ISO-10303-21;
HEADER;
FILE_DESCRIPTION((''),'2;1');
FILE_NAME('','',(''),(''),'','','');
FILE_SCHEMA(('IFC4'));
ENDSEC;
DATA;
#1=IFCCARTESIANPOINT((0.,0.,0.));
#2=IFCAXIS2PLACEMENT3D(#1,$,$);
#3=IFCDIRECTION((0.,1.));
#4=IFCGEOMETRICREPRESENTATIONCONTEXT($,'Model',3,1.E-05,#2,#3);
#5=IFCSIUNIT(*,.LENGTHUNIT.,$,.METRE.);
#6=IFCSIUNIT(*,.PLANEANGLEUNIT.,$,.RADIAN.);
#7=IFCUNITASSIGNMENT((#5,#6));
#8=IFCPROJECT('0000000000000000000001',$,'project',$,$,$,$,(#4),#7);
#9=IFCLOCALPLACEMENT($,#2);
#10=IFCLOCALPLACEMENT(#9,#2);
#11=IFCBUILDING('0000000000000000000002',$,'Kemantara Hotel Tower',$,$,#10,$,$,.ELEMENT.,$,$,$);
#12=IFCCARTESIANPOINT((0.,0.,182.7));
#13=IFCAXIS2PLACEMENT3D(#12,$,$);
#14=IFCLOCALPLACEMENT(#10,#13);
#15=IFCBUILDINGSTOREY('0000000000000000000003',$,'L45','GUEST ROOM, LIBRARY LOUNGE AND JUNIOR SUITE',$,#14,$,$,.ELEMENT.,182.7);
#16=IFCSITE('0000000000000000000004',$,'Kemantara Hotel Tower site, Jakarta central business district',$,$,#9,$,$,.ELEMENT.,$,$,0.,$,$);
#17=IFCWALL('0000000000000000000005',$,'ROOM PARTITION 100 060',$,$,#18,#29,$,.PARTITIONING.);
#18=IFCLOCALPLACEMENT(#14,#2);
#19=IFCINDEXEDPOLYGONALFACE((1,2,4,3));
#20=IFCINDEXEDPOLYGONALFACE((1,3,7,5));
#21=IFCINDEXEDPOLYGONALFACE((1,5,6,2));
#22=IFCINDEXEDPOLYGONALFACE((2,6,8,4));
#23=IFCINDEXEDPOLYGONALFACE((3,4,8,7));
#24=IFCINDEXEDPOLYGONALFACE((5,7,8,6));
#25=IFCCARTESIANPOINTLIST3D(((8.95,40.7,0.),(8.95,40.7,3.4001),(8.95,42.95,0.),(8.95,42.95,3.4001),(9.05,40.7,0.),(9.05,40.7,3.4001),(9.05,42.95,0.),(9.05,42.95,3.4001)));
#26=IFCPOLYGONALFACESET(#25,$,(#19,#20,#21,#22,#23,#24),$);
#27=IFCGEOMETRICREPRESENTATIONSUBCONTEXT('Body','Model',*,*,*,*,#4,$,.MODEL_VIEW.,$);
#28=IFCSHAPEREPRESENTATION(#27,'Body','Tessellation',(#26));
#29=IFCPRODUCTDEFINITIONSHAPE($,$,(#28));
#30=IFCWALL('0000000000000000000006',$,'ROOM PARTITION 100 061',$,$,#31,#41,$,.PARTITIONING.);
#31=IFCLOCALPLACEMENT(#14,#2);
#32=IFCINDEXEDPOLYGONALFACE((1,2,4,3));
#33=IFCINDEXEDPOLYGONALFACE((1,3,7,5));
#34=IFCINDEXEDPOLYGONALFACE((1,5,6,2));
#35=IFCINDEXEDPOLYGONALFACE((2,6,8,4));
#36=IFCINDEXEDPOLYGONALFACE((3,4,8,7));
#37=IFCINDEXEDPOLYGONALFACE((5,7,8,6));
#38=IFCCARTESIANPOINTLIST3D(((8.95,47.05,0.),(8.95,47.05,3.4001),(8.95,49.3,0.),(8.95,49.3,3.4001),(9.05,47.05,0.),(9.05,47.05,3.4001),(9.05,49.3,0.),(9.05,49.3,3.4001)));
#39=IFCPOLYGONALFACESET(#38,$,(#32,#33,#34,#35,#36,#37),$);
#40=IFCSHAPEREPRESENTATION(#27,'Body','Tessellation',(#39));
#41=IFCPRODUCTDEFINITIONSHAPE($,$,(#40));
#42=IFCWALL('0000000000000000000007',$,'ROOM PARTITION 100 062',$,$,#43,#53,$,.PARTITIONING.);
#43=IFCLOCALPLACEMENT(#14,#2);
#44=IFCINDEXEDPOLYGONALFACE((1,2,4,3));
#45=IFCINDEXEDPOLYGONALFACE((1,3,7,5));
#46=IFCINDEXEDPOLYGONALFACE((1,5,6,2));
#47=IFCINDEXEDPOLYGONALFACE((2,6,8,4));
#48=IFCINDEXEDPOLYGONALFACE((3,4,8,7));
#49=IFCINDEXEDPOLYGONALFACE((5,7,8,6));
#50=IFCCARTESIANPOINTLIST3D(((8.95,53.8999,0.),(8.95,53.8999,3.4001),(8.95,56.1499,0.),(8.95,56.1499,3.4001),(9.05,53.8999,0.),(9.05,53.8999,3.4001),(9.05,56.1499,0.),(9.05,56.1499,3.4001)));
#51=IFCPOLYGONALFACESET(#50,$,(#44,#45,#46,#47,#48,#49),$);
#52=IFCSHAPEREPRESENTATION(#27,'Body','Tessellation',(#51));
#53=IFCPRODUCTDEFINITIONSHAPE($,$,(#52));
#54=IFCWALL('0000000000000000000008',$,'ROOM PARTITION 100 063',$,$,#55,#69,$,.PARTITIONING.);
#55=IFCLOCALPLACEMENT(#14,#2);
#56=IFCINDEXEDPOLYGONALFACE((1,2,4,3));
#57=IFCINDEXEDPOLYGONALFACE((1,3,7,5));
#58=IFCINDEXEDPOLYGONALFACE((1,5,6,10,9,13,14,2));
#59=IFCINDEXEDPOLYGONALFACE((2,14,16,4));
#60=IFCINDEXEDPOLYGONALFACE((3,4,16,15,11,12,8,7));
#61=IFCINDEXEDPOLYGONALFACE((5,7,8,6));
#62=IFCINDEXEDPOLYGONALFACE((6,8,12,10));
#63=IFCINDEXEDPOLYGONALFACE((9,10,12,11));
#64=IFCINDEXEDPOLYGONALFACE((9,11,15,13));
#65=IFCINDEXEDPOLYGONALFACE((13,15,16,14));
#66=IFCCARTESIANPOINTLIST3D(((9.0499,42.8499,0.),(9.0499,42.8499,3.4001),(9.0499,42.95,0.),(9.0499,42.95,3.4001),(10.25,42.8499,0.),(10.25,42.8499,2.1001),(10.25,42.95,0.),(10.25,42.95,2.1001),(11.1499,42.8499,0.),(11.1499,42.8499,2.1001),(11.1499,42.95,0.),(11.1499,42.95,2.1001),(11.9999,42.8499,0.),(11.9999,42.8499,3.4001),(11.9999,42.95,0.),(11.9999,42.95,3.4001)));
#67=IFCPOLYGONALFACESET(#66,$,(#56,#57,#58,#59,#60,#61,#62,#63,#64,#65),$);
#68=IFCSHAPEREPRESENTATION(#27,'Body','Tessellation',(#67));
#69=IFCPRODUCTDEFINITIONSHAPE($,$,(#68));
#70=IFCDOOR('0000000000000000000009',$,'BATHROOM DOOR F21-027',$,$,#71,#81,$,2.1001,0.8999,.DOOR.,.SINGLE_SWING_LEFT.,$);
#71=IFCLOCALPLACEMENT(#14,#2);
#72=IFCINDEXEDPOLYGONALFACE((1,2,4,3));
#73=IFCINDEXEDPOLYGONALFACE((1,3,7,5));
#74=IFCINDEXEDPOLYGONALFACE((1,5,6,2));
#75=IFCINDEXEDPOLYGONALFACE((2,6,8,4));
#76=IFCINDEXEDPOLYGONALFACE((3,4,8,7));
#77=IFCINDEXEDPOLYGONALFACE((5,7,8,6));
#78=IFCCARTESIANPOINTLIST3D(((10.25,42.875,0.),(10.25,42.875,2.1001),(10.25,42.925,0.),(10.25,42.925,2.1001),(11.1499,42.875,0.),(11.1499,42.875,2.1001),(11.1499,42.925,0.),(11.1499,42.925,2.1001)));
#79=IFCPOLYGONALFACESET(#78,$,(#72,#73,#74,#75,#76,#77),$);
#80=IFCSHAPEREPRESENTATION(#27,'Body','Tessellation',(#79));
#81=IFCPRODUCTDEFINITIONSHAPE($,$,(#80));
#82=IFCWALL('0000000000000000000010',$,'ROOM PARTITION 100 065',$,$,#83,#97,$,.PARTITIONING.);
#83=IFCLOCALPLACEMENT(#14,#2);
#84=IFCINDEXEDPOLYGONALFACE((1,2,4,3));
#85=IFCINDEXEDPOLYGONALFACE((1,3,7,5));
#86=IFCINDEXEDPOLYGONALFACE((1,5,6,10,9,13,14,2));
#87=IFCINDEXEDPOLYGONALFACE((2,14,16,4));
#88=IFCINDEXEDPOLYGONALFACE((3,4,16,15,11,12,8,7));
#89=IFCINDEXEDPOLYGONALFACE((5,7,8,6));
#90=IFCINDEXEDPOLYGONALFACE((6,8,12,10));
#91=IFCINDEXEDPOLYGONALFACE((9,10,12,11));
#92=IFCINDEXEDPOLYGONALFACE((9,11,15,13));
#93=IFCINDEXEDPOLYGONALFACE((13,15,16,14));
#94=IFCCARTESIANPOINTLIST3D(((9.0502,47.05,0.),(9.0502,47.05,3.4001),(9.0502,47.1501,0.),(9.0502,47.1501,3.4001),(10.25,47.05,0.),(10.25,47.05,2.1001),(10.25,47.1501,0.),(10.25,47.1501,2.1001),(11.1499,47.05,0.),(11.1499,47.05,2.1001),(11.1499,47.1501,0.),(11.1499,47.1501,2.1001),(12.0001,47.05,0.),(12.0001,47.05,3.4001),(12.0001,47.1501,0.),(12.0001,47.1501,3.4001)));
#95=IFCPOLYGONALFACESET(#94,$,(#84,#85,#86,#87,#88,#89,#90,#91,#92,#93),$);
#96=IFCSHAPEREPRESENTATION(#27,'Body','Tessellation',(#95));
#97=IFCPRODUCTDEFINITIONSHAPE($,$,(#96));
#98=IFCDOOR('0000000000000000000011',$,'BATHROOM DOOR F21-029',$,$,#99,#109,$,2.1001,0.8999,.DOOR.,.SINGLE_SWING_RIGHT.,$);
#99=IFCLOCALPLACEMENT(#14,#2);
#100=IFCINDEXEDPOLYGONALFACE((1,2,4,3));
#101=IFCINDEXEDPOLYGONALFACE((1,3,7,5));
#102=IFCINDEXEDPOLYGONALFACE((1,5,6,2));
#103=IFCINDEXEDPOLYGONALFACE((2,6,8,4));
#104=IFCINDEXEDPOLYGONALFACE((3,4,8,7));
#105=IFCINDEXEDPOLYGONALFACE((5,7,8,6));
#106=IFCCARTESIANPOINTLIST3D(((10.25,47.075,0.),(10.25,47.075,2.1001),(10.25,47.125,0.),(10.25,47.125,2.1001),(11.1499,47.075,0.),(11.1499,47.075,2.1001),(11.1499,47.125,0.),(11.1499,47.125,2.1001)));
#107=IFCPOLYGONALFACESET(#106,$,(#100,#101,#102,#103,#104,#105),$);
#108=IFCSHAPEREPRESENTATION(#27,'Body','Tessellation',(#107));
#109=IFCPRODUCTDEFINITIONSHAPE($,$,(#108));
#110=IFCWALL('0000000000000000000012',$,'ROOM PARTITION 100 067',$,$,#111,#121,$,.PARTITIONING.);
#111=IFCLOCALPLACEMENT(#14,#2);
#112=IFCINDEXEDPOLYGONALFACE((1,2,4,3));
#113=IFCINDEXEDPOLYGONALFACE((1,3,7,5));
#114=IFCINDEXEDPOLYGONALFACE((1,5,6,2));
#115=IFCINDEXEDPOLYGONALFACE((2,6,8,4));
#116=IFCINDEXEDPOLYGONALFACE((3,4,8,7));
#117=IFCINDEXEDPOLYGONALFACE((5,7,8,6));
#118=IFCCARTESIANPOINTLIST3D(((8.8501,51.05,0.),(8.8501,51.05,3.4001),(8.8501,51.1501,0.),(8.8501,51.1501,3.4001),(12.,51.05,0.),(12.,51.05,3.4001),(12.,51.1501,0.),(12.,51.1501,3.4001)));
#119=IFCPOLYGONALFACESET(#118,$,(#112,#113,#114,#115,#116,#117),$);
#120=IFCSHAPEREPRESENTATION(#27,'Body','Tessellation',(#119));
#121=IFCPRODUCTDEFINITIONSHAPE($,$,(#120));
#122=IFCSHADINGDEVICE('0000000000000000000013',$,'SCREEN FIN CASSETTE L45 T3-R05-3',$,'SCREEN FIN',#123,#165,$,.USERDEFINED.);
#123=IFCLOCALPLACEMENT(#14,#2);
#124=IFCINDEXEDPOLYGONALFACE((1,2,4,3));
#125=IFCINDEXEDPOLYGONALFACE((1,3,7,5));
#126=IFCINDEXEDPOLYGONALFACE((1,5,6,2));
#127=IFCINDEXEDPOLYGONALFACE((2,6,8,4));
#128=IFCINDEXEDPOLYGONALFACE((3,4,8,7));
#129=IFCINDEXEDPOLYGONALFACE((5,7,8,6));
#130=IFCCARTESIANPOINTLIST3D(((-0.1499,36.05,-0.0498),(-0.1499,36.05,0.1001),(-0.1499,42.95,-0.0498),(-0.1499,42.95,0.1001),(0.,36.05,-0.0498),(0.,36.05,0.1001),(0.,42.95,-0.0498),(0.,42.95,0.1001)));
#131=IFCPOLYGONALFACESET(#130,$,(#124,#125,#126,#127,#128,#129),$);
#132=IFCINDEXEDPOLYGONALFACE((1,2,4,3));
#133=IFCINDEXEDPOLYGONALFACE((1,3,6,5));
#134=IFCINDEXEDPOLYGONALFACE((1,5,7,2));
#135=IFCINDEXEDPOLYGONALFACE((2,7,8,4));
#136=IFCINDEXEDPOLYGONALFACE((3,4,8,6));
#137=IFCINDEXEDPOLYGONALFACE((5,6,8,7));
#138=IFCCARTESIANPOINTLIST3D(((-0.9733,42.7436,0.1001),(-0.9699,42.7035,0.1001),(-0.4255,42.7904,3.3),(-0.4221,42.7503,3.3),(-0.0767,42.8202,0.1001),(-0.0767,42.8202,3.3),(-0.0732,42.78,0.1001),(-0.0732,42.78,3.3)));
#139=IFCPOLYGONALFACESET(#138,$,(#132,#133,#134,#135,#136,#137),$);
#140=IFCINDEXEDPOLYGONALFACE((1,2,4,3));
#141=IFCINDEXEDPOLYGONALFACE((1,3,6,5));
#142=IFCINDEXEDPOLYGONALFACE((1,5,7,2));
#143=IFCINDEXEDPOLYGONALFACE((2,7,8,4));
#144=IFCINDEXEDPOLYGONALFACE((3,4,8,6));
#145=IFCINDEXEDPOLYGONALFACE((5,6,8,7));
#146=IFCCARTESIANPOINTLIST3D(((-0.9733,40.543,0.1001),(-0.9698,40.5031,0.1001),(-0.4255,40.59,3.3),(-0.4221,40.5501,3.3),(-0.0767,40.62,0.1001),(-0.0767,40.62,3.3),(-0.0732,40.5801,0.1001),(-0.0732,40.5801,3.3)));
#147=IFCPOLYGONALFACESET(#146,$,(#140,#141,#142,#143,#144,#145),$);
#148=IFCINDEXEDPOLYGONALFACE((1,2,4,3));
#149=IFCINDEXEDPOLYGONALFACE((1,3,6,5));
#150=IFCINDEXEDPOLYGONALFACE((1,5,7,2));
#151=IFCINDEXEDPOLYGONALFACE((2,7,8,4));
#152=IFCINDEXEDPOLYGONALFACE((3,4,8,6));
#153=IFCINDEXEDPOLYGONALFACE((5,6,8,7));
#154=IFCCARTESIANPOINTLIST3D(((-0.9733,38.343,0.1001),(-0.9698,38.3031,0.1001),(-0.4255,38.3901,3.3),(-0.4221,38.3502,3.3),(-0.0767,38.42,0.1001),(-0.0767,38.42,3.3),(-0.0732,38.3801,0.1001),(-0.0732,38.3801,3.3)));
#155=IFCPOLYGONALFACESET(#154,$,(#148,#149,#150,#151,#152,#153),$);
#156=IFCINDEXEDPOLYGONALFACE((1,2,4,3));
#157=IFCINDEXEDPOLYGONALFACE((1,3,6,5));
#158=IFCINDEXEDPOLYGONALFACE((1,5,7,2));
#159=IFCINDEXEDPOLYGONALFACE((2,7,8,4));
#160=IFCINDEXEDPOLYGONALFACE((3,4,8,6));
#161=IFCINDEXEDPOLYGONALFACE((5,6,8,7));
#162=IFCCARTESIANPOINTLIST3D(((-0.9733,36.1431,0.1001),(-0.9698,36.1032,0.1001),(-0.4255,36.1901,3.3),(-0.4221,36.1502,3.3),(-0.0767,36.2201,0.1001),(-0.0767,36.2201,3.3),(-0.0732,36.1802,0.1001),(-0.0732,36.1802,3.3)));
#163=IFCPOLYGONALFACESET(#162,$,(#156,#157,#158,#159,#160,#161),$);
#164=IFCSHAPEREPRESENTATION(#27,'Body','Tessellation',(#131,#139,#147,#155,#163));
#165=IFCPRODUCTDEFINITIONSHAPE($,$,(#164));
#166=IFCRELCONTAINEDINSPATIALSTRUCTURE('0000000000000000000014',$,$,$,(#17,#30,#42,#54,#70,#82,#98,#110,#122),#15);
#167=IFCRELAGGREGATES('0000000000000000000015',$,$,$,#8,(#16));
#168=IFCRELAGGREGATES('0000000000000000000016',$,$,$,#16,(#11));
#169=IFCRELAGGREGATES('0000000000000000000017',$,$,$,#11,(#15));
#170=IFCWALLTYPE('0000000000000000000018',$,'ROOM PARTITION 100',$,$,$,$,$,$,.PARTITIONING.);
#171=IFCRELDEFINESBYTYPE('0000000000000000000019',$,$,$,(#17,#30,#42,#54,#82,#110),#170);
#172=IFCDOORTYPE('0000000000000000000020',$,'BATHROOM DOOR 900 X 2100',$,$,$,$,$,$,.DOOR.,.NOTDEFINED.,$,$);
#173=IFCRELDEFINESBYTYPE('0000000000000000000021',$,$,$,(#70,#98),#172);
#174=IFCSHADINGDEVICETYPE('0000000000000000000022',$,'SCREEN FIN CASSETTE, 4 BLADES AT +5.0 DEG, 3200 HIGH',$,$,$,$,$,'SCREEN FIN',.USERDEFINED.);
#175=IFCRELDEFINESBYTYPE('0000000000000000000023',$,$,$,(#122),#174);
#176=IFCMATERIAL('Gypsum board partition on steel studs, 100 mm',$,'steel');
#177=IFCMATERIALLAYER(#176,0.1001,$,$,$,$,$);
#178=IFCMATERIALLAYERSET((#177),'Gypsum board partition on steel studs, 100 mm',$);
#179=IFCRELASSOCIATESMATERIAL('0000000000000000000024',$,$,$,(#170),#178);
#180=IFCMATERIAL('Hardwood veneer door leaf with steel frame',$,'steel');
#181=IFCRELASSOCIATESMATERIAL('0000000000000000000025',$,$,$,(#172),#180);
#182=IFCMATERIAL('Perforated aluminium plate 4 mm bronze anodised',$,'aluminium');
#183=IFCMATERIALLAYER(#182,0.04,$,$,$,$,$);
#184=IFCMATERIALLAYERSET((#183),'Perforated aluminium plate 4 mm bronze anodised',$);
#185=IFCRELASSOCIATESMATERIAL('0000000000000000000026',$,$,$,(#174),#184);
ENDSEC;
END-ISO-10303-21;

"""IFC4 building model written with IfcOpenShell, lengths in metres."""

from ifc_helpers import new_model, si_unit, direction, frame, frame_2d, origin, origin_2d, place, context, subcontext, project, spatial, polyline, rectangle, outline, extrude, source, transform, mapped, material, layer, layer_set, type_object, element, fill, save


model = new_model("IFC4")

# Units and contexts
model_context = context("Model", 3, precision=1e-05, world=origin(), true_north=direction((0.0, 1.0)))
body_context = subcontext(model_context, "Body", "Model", "MODEL_VIEW")
ifc_project = project(units=[si_unit("LENGTHUNIT", "METRE"), si_unit("PLANEANGLEUNIT", "RADIAN")], contexts=[model_context])

# Site, building, storey
site_placement = place(None, origin())
site = spatial("IfcSite", under=ifc_project, at=site_placement, Name="Kemantara Hotel Tower site, Jakarta central business district", CompositionType="ELEMENT", RefElevation=0.0)
building_placement = place(site_placement, origin())
building = spatial("IfcBuilding", under=site, at=building_placement, Name="Kemantara Hotel Tower", CompositionType="ELEMENT")
storey_placement = place(building_placement, frame((0.0, 0.0, 182.7)))
storey = spatial("IfcBuildingStorey", under=building, at=storey_placement, Name="L45", Description="GUEST ROOM, LIBRARY LOUNGE AND JUNIOR SUITE", CompositionType="ELEMENT", Elevation=182.7)

# Shared definitions
ifc_material_1 = material(Name="Gypsum board partition on steel studs, 100 mm", Category="steel")
ifc_layer_1 = layer(ifc_material_1, 0.1001)
ifc_layer_set_1 = layer_set([ifc_layer_1], Name="Gypsum board partition on steel studs, 100 mm")
wall_type_1 = type_object("IfcWallType", Name="ROOM PARTITION 100", PredefinedType="PARTITIONING", material=ifc_layer_set_1)

# Shared definitions
ifc_material_2 = material(Name="Hardwood veneer door leaf with steel frame", Category="steel")
door_type_1 = type_object("IfcDoorType", Name="BATHROOM DOOR 900 X 2100", OperationType="NOTDEFINED", PredefinedType="DOOR", material=ifc_material_2)

# Walls
for number, where, z_axis, x_axis, name in (
    (1, (9.0, 40.7, 0.0), (0.0, 0.0, 1.0), (0.0, 1.0, 0.0), "ROOM PARTITION 100 060"),
    (2, (9.0, 47.05, 0.0), (0.0, 0.0, 1.0), (0.0, 1.0, 0.0), "ROOM PARTITION 100 061"),
    (3, (9.0, 53.8999, 0.0), (0.0, 0.0, 1.0), (0.0, 1.0, 0.0), "ROOM PARTITION 100 062"),
):
    element("IfcWall", number, at=place(storey_placement, frame(where, z_axis=z_axis, x_axis=x_axis)), inside=storey, type_object=wall_type_1, Name=name, PredefinedType="PARTITIONING", context=body_context, shape_type="SweptSolid", body=[
        extrude(rectangle(XDim=2.25, YDim=0.1001, at=frame_2d((1.125, 0.0))), origin(), (0.0, 0.0, 1.0), 3.4001),
    ])

# Walls, openings, doors
wall_1_placement = place(storey_placement, frame((12.0, 42.8999, 0.0), z_axis=(0.0, 0.0, 1.0), x_axis=(-1.0, 0.0, 0.0)))
wall_1 = element("IfcWall", 4, at=wall_1_placement, inside=storey, type_object=wall_type_1, Name="ROOM PARTITION 100 063", PredefinedType="PARTITIONING", context=body_context, shape_type="SweptSolid", body=[
    extrude(rectangle(XDim=2.95, YDim=0.1001, at=frame_2d((1.4751, 0.0))), origin(), (0.0, 0.0, 1.0), 3.4001),
])
opening_1_placement = place(wall_1_placement, frame((0.8501, 0.0, 0.0)))
opening_1 = element("IfcOpeningElement", 5, at=opening_1_placement, cuts=wall_1, PredefinedType="OPENING", context=body_context, shape_type="SweptSolid", body=[
    extrude(rectangle(XDim=0.8999, YDim=2.1001, at=frame_2d((0.45, 1.05))), frame((0.0, 0.0601, 0.0), z_axis=(0.0, -1.0, 0.0), x_axis=(1.0, 0.0, 0.0)), (0.0, 0.0, 1.0), 0.1201),
])
door_1_placement = place(opening_1_placement, origin())
door_1 = element("IfcDoor", 6, at=door_1_placement, inside=storey, type_object=door_type_1, Name="BATHROOM DOOR F21-027", OperationType="SINGLE_SWING_LEFT", OverallHeight=2.1001, OverallWidth=0.8999, PredefinedType="DOOR", context=body_context, shape_type="SweptSolid", body=[
    extrude(rectangle(XDim=0.8999, YDim=2.1001, at=frame_2d((0.45, 1.05))), frame((0.0, 0.0249, 0.0), z_axis=(0.0, -1.0, 0.0), x_axis=(1.0, 0.0, 0.0)), (0.0, 0.0, 1.0), 0.05),
])
fill(opening_1, door_1)
wall_2_placement = place(storey_placement, frame((9.05, 47.1001, 0.0), z_axis=(0.0, 0.0, 1.0), x_axis=(1.0, 0.0, 0.0)))
wall_2 = element("IfcWall", 7, at=wall_2_placement, inside=storey, type_object=wall_type_1, Name="ROOM PARTITION 100 065", PredefinedType="PARTITIONING", context=body_context, shape_type="SweptSolid", body=[
    extrude(rectangle(XDim=2.95, YDim=0.1001, at=frame_2d((1.4751, 0.0))), origin(), (0.0, 0.0, 1.0), 3.4001),
])
opening_2_placement = place(wall_2_placement, frame((1.2, 0.0, 0.0)))
opening_2 = element("IfcOpeningElement", 8, at=opening_2_placement, cuts=wall_2, PredefinedType="OPENING", context=body_context, shape_type="SweptSolid", body=[
    extrude(rectangle(XDim=0.8999, YDim=2.1001, at=frame_2d((0.45, 1.05))), frame((0.0, 0.0601, 0.0), z_axis=(0.0, -1.0, 0.0), x_axis=(1.0, 0.0, 0.0)), (0.0, 0.0, 1.0), 0.1201),
])
door_2_placement = place(opening_2_placement, origin())
door_2 = element("IfcDoor", 9, at=door_2_placement, inside=storey, type_object=door_type_1, Name="BATHROOM DOOR F21-029", OperationType="SINGLE_SWING_RIGHT", OverallHeight=2.1001, OverallWidth=0.8999, PredefinedType="DOOR", context=body_context, shape_type="SweptSolid", body=[
    extrude(rectangle(XDim=0.8999, YDim=2.1001, at=frame_2d((0.45, 1.05))), frame((0.0, 0.0249, 0.0), z_axis=(0.0, -1.0, 0.0), x_axis=(1.0, 0.0, 0.0)), (0.0, 0.0, 1.0), 0.05),
])
fill(opening_2, door_2)

# Wall
wall_3_placement = place(storey_placement, frame((8.8501, 51.1001, 0.0), z_axis=(0.0, 0.0, 1.0), x_axis=(1.0, 0.0, 0.0)))
element("IfcWall", 10, at=wall_3_placement, inside=storey, type_object=wall_type_1, Name="ROOM PARTITION 100 067", PredefinedType="PARTITIONING", context=body_context, shape_type="SweptSolid", body=[
    extrude(rectangle(XDim=3.1499, YDim=0.1001, at=frame_2d((1.575, 0.0))), origin(), (0.0, 0.0, 1.0), 3.4001),
])

# Shading device
ifc_material_3 = material(Name="Perforated aluminium plate 4 mm bronze anodised", Category="aluminium")
ifc_layer_2 = layer(ifc_material_3, 0.04)
ifc_layer_set_2 = layer_set([ifc_layer_2], Name="Perforated aluminium plate 4 mm bronze anodised")
shading_device_type_1 = type_object("IfcShadingDeviceType", Name="SCREEN FIN CASSETTE, 4 BLADES AT +5.0 DEG, 3200 HIGH", ElementType="SCREEN FIN", PredefinedType="USERDEFINED", material=ifc_layer_set_2)
shared_shape_1 = source(origin(), body_context, "Body", "SweptSolid", [
    extrude(rectangle(XDim=6.8999, YDim=0.1499, at=origin_2d()), frame((3.3, -0.075, -0.1499), z_axis=(0.0, 0.0, 1.0), x_axis=(1.0, 0.0, 0.0)), (0.0, 0.0, 1.0), 0.1499),
    extrude(outline(polyline([(0.0, 0.0), (0.8999, 0.0), (0.3501, 3.2), (0.0, 3.2), (0.0, 0.0)])), frame((0.02, -0.0732, 0.0), z_axis=(-0.996376, -0.085056, 0.0), x_axis=(0.085056, -0.996376, 0.0)), (0.0, 0.0, 1.0), 0.0403),
    extrude(outline(polyline([(0.0, 0.0), (0.8999, 0.0), (0.3501, 3.2), (0.0, 3.2), (0.0, 0.0)])), frame((2.22, -0.0732, 0.0), z_axis=(-0.996332, -0.085575, 0.0), x_axis=(0.085575, -0.996332, 0.0)), (0.0, 0.0, 1.0), 0.04),
    extrude(outline(polyline([(0.0, 0.0), (0.8999, 0.0), (0.3501, 3.2), (0.0, 3.2), (0.0, 0.0)])), frame((4.4199, -0.0732, 0.0), z_axis=(-0.996332, -0.085575, 0.0), x_axis=(0.085575, -0.996332, 0.0)), (0.0, 0.0, 1.0), 0.04),
    extrude(outline(polyline([(0.0, 0.0), (0.8999, 0.0), (0.3501, 3.2), (0.0, 3.2), (0.0, 0.0)])), frame((6.6199, -0.0732, 0.0), z_axis=(-0.996332, -0.085575, 0.0), x_axis=(0.085575, -0.996332, 0.0)), (0.0, 0.0, 1.0), 0.04),
])
shading_device_1_placement = place(storey_placement, frame((0.0, 42.8, 0.1001), z_axis=(0.0, 0.0, 1.0), x_axis=(0.0, -1.0, 0.0)))
element("IfcShadingDevice", 11, at=shading_device_1_placement, inside=storey, type_object=shading_device_type_1, Name="SCREEN FIN CASSETTE L45 T3-R05-3", ObjectType="SCREEN FIN", PredefinedType="USERDEFINED", context=body_context, shape_type="MappedRepresentation", body=[
    mapped(shared_shape_1, transform((0.0, 0.0, 0.0))),
])

save(model, "model.ifc")
